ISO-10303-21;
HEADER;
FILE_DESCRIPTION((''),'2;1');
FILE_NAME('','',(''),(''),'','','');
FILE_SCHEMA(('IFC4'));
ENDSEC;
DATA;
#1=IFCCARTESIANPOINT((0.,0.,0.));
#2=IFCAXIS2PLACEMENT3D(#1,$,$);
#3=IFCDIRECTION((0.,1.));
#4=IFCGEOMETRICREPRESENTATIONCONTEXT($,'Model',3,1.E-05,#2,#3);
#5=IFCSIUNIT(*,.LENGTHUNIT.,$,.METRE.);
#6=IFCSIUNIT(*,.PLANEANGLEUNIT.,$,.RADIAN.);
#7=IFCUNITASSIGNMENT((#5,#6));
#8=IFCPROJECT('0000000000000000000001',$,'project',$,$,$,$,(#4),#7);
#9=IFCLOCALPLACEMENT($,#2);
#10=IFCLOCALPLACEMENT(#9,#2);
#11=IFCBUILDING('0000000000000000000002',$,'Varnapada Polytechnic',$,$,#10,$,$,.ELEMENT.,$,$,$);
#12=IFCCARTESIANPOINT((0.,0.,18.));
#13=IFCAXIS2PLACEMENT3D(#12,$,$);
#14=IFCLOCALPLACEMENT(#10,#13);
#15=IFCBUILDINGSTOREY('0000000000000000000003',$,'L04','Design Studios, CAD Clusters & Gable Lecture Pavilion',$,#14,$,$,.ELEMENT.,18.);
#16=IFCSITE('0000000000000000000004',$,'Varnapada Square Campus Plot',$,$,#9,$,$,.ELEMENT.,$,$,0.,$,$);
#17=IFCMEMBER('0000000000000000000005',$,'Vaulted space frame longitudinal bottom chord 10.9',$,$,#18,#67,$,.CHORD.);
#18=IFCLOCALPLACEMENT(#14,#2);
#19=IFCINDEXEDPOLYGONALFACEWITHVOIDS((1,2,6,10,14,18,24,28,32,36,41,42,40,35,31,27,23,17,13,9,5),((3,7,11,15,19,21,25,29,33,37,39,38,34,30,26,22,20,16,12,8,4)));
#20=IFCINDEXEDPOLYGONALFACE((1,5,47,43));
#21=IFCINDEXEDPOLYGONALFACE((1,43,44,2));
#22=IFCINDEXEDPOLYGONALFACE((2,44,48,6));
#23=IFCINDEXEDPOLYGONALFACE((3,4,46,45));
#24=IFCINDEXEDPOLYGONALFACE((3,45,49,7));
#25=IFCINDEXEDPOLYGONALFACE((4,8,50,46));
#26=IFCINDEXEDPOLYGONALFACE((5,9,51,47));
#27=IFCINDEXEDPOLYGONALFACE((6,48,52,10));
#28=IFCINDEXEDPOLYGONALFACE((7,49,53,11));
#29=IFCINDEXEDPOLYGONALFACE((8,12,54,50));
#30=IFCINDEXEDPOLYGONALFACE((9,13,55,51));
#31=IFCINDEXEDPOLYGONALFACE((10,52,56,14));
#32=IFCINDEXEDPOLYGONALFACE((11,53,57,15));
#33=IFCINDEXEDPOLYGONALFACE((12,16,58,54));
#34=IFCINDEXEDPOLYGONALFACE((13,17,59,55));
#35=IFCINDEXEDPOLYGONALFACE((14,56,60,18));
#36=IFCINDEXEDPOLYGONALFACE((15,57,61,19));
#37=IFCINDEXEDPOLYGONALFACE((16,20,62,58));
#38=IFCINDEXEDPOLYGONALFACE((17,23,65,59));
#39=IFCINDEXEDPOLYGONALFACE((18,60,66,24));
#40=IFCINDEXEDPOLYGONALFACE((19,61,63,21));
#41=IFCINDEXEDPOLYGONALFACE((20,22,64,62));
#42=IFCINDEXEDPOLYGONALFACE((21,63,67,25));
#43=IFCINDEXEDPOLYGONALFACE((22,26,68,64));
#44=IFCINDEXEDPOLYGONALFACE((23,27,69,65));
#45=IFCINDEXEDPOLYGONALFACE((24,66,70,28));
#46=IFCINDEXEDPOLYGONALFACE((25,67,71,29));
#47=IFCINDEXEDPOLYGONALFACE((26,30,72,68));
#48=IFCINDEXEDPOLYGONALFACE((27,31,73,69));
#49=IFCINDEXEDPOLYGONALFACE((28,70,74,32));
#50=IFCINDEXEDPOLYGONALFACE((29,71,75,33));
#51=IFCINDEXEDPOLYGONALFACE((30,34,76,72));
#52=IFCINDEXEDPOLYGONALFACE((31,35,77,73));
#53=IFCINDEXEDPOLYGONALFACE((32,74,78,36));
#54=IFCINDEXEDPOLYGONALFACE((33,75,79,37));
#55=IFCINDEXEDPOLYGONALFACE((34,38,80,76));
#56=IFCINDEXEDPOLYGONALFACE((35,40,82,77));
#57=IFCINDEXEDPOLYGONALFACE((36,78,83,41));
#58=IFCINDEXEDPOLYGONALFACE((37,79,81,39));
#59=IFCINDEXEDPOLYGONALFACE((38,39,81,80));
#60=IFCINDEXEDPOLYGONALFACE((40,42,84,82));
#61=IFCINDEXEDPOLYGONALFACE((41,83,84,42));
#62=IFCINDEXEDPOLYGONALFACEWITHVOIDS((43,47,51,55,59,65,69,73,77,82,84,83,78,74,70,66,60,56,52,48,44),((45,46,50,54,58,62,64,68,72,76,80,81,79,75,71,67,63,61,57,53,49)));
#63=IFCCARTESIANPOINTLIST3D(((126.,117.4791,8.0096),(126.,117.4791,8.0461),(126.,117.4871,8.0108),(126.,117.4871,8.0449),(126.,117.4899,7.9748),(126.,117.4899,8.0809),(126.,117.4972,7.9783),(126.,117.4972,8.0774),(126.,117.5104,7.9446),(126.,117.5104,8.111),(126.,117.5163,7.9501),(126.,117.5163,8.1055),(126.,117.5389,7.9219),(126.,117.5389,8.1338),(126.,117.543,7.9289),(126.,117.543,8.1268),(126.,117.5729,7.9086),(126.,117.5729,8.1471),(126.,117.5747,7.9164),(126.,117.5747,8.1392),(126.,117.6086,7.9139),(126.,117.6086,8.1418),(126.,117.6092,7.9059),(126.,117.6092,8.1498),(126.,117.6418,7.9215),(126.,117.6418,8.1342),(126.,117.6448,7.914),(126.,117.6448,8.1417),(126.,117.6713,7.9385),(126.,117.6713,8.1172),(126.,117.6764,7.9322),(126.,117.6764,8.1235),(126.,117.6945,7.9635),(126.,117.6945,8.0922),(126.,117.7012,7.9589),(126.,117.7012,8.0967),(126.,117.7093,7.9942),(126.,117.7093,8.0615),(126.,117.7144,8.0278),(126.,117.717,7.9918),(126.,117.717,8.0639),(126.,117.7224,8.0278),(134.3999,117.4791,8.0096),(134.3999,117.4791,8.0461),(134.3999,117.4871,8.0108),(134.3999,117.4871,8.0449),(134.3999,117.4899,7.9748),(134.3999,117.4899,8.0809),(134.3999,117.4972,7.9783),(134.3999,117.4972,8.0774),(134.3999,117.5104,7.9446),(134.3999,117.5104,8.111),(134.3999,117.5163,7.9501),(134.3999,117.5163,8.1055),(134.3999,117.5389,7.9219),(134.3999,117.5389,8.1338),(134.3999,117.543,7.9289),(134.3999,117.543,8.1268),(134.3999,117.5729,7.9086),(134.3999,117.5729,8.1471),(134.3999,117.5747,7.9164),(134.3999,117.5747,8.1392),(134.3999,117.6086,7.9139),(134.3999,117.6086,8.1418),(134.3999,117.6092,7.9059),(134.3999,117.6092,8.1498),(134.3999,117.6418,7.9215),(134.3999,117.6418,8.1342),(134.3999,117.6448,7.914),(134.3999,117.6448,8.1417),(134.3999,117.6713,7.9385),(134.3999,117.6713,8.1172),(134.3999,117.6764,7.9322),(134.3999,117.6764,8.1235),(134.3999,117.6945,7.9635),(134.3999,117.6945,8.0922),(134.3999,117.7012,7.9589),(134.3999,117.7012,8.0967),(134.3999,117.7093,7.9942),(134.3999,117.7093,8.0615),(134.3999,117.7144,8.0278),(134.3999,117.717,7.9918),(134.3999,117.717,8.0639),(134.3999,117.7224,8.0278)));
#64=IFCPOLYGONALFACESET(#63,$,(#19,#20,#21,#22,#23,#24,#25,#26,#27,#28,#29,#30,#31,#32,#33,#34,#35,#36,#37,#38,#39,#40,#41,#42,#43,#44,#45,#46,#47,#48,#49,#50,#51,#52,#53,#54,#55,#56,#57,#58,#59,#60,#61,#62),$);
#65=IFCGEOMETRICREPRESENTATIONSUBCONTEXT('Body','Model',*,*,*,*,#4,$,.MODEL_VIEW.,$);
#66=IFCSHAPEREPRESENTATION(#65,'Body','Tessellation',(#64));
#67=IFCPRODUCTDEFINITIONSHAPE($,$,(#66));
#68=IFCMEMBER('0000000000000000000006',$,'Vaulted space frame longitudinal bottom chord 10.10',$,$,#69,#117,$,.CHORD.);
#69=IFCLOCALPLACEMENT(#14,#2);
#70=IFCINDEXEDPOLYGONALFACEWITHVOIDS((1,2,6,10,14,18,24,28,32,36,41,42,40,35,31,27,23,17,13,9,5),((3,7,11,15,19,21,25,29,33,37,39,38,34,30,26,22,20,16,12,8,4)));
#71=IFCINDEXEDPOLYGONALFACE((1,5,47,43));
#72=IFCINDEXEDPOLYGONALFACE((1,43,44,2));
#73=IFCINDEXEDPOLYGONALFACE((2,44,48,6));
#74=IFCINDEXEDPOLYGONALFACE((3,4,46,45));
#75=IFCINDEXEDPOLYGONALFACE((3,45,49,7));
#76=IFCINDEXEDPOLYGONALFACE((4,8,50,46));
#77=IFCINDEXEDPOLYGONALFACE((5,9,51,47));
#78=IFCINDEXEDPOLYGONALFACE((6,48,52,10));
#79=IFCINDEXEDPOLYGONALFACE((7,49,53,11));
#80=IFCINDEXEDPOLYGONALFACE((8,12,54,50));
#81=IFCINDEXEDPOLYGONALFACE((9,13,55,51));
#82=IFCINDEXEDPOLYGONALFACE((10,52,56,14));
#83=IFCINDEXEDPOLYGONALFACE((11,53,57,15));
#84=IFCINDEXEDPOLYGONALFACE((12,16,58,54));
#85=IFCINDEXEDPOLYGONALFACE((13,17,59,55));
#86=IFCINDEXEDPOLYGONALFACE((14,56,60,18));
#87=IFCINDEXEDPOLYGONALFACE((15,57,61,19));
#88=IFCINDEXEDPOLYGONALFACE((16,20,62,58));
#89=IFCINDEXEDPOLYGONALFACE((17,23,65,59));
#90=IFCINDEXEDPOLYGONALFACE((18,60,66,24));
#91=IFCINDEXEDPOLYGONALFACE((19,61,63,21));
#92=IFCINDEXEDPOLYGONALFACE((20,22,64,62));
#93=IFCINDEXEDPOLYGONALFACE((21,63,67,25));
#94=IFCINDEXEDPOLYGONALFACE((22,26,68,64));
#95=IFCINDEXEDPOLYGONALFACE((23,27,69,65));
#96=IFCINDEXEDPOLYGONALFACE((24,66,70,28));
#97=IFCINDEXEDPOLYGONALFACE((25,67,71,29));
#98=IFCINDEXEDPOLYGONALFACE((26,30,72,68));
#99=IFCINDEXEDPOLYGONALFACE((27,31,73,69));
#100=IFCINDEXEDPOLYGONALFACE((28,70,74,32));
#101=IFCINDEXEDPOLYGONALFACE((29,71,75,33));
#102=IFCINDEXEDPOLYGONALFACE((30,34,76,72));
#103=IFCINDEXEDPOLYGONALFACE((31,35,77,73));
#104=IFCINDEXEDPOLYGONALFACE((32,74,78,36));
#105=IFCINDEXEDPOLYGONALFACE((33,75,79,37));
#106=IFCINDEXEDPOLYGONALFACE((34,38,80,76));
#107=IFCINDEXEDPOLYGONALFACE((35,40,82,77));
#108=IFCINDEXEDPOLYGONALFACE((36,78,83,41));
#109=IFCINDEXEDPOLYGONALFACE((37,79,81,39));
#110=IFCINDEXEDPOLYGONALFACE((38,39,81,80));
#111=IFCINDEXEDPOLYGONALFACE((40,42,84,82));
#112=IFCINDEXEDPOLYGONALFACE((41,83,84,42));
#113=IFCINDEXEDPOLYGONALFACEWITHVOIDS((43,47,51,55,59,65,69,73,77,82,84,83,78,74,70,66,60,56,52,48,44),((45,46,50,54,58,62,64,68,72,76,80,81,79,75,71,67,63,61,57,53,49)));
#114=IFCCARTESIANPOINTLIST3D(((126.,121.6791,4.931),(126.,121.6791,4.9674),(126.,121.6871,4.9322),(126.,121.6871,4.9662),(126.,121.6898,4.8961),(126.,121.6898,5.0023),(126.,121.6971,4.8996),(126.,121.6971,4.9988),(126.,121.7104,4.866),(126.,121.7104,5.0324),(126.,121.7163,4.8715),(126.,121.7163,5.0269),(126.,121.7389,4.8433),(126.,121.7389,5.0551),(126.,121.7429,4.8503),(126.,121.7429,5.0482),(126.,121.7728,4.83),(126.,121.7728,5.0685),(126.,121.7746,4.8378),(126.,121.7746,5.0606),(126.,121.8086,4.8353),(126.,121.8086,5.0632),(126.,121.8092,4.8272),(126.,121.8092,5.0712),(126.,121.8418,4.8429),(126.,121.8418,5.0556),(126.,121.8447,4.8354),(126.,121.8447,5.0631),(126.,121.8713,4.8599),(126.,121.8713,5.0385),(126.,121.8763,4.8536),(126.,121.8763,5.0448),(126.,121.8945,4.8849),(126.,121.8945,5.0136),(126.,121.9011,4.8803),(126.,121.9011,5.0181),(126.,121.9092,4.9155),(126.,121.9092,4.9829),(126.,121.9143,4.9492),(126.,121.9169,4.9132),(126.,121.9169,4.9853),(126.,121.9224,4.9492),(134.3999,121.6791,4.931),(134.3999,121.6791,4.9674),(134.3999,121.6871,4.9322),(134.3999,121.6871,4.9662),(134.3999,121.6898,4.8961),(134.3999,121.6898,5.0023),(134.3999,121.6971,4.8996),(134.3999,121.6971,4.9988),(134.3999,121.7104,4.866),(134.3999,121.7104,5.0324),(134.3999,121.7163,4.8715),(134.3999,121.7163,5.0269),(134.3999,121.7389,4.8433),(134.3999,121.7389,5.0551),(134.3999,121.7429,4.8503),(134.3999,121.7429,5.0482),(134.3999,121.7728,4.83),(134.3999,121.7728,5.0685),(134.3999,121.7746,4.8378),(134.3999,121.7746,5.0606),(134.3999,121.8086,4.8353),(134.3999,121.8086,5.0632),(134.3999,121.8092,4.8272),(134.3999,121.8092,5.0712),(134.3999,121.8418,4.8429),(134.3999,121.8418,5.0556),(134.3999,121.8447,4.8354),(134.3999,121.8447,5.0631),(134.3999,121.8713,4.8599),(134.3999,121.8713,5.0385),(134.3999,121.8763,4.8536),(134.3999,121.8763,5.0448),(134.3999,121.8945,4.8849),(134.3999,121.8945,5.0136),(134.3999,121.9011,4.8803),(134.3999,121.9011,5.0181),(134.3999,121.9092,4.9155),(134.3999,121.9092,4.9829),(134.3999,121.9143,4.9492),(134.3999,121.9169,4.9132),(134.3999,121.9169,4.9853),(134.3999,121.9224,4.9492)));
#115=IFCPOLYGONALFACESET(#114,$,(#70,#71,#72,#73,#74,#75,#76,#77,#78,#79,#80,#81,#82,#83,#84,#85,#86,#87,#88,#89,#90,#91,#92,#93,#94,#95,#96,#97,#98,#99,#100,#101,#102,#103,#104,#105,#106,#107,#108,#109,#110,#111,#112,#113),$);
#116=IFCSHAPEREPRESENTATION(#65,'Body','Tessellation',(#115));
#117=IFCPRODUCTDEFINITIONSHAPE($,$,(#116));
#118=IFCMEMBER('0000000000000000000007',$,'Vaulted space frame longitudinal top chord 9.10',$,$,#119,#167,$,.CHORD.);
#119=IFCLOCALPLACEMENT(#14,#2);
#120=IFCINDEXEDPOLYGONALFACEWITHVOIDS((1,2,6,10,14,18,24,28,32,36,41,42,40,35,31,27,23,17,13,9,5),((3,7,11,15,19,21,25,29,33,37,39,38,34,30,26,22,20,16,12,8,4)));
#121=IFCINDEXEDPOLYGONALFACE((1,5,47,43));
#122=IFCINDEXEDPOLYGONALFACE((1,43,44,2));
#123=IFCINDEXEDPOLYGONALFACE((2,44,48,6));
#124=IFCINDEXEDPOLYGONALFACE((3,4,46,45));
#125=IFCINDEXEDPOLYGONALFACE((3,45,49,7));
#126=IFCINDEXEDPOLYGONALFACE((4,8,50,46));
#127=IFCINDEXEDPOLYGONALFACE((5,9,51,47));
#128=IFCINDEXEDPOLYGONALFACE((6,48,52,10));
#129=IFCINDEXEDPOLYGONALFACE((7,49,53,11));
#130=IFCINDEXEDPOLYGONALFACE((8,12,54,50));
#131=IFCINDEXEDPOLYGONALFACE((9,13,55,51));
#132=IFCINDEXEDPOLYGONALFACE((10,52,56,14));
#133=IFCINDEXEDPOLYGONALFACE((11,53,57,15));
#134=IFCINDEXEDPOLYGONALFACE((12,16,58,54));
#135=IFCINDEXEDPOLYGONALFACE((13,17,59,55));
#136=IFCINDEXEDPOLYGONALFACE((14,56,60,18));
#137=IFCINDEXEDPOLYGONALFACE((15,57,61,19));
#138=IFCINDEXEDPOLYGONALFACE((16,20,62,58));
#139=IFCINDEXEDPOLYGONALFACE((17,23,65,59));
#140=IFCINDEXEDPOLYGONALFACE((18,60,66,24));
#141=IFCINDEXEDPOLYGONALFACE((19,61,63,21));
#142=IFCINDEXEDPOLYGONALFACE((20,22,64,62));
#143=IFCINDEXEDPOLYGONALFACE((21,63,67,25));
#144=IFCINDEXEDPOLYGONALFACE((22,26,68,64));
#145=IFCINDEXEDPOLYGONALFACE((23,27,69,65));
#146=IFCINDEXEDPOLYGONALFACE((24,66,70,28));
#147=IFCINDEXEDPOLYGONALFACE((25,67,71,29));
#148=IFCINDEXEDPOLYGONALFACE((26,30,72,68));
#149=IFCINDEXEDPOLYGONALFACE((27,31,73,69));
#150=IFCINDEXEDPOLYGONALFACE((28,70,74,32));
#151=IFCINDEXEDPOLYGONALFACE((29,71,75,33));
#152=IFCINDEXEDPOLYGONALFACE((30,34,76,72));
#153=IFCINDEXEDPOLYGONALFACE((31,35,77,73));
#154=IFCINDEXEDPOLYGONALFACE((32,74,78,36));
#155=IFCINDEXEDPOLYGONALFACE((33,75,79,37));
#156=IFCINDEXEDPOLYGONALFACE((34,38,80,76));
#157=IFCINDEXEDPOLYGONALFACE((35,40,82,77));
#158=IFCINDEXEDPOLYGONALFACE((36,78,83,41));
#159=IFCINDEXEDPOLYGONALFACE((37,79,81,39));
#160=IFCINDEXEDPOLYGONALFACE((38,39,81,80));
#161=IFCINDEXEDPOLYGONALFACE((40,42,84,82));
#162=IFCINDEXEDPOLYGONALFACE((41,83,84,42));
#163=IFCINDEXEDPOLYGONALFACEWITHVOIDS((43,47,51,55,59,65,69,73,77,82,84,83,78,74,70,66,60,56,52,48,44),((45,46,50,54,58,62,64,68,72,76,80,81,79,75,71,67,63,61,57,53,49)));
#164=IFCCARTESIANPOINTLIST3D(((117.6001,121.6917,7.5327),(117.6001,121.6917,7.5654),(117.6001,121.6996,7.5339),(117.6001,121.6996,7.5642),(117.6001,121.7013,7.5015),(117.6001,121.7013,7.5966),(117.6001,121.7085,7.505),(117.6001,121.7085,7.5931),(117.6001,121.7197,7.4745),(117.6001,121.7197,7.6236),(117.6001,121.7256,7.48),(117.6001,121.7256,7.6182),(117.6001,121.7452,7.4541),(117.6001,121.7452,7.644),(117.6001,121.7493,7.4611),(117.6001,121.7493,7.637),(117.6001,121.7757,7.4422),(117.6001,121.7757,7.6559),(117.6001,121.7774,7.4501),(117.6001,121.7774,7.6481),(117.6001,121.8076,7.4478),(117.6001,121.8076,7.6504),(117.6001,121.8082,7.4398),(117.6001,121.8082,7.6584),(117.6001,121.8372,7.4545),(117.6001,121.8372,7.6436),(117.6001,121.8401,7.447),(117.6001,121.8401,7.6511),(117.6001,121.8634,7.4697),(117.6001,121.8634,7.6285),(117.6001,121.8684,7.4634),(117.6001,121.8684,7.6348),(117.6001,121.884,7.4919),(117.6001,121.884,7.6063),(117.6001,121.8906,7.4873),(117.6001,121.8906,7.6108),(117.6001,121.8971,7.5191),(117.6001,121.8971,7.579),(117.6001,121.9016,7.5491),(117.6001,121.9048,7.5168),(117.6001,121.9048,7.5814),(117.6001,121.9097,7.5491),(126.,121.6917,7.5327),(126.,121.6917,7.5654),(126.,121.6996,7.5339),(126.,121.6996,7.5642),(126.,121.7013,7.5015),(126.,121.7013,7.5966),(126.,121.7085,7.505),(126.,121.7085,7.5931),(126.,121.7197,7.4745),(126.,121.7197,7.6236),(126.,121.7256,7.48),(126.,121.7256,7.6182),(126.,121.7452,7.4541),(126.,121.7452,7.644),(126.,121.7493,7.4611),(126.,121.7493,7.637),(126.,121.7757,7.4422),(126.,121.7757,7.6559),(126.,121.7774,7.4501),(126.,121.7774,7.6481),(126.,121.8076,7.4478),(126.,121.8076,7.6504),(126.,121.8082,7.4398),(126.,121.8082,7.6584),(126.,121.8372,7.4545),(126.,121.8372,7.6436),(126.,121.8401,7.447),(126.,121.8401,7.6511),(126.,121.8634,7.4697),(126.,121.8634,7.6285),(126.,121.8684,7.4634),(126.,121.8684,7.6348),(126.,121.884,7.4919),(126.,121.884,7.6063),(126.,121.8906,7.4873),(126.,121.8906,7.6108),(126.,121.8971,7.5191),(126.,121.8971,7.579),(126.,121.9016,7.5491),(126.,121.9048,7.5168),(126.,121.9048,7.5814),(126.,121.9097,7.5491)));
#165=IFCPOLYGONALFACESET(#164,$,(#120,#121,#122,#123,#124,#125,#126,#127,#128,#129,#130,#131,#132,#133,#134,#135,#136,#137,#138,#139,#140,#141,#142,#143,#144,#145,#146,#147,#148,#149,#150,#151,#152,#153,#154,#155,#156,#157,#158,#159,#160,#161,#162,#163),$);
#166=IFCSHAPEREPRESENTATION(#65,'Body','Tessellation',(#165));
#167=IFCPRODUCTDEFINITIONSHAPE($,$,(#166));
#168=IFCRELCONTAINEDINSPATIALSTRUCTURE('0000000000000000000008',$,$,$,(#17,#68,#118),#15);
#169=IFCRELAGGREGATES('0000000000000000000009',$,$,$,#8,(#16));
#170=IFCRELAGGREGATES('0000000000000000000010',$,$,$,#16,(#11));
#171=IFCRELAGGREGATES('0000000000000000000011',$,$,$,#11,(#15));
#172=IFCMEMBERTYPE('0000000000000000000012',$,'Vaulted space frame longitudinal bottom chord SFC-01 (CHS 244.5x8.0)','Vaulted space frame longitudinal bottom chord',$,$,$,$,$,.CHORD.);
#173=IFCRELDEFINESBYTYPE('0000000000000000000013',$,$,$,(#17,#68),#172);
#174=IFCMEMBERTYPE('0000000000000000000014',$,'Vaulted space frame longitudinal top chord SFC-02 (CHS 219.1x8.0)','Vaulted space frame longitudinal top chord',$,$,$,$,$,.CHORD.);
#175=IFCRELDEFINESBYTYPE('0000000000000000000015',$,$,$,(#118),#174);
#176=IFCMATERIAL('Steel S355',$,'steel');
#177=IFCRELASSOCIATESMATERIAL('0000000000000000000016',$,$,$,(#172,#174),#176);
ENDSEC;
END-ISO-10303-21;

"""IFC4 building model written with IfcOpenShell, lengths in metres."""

from ifc_helpers import new_model, si_unit, direction, frame, origin, origin_2d, place, context, subcontext, project, spatial, hollow_circle, extrude, material, material_profile, profile_set, type_object, element, save


model = new_model("IFC4")

# Units and contexts
model_context = context("Model", 3, precision=1e-05, world=origin(), true_north=direction((0.0, 1.0)))
body_context = subcontext(model_context, "Body", "Model", "MODEL_VIEW")
ifc_project = project(units=[si_unit("LENGTHUNIT", "METRE"), si_unit("PLANEANGLEUNIT", "RADIAN")], contexts=[model_context])

# Site, building, storey
site_placement = place(None, origin())
site = spatial("IfcSite", under=ifc_project, at=site_placement, Name="Varnapada Square Campus Plot", CompositionType="ELEMENT", RefElevation=0.0)
building_placement = place(site_placement, origin())
building = spatial("IfcBuilding", under=site, at=building_placement, Name="Varnapada Polytechnic", CompositionType="ELEMENT")
storey_placement = place(building_placement, frame((0.0, 0.0, 18.0)))
storey = spatial("IfcBuildingStorey", under=building, at=storey_placement, Name="L04", Description="Design Studios, CAD Clusters & Gable Lecture Pavilion", CompositionType="ELEMENT", Elevation=18.0)

# Shared definitions
ifc_material = material(Name="Steel S355", Category="steel")

# Members
ifc_material_profile_1 = material_profile(ifc_material, hollow_circle(Radius=0.1223, WallThickness=0.0081, at=origin_2d()), Name="CHS 244.5x8.0")
ifc_profile_set_1 = profile_set([ifc_material_profile_1], Name="Steel S355")
member_type_1 = type_object("IfcMemberType", Name="Vaulted space frame longitudinal bottom chord SFC-01 (CHS 244.5x8.0)", Description="Vaulted space frame longitudinal bottom chord", PredefinedType="CHORD", material=ifc_profile_set_1)
for number, where, z_axis, x_axis, name in (
    (1, (126.0, 117.6001, 8.0278), (1.0, 0.0, 0.0), (0.0, 1.0, 0.0), "Vaulted space frame longitudinal bottom chord 10.9"),
    (2, (126.0, 121.8, 4.9492), (1.0, 0.0, 0.0), (0.0, 1.0, 0.0), "Vaulted space frame longitudinal bottom chord 10.10"),
):
    element("IfcMember", number, at=place(storey_placement, frame(where, z_axis=z_axis, x_axis=x_axis)), inside=storey, type_object=member_type_1, Name=name, PredefinedType="CHORD", context=body_context, shape_type="SweptSolid", body=[
        extrude(hollow_circle(Radius=0.1223, WallThickness=0.0081, at=origin_2d()), origin(), (0.0, 0.0, 1.0), 8.3999),
    ])
ifc_material_profile_2 = material_profile(ifc_material, hollow_circle(Radius=0.1096, WallThickness=0.0081, at=origin_2d()), Name="CHS 219.1x8.0")
ifc_profile_set_2 = profile_set([ifc_material_profile_2], Name="Steel S355")
member_type_2 = type_object("IfcMemberType", Name="Vaulted space frame longitudinal top chord SFC-02 (CHS 219.1x8.0)", Description="Vaulted space frame longitudinal top chord", PredefinedType="CHORD", material=ifc_profile_set_2)
for number, where, z_axis, x_axis, name in (
    (3, (117.6001, 121.8, 7.5491), (1.0, 0.0, 0.0), (0.0, 1.0, 0.0), "Vaulted space frame longitudinal top chord 9.10"),
):
    element("IfcMember", number, at=place(storey_placement, frame(where, z_axis=z_axis, x_axis=x_axis)), inside=storey, type_object=member_type_2, Name=name, PredefinedType="CHORD", context=body_context, shape_type="SweptSolid", body=[
        extrude(hollow_circle(Radius=0.1096, WallThickness=0.0081, at=origin_2d()), origin(), (0.0, 0.0, 1.0), 8.3999),
    ])

save(model, "model.ifc")
